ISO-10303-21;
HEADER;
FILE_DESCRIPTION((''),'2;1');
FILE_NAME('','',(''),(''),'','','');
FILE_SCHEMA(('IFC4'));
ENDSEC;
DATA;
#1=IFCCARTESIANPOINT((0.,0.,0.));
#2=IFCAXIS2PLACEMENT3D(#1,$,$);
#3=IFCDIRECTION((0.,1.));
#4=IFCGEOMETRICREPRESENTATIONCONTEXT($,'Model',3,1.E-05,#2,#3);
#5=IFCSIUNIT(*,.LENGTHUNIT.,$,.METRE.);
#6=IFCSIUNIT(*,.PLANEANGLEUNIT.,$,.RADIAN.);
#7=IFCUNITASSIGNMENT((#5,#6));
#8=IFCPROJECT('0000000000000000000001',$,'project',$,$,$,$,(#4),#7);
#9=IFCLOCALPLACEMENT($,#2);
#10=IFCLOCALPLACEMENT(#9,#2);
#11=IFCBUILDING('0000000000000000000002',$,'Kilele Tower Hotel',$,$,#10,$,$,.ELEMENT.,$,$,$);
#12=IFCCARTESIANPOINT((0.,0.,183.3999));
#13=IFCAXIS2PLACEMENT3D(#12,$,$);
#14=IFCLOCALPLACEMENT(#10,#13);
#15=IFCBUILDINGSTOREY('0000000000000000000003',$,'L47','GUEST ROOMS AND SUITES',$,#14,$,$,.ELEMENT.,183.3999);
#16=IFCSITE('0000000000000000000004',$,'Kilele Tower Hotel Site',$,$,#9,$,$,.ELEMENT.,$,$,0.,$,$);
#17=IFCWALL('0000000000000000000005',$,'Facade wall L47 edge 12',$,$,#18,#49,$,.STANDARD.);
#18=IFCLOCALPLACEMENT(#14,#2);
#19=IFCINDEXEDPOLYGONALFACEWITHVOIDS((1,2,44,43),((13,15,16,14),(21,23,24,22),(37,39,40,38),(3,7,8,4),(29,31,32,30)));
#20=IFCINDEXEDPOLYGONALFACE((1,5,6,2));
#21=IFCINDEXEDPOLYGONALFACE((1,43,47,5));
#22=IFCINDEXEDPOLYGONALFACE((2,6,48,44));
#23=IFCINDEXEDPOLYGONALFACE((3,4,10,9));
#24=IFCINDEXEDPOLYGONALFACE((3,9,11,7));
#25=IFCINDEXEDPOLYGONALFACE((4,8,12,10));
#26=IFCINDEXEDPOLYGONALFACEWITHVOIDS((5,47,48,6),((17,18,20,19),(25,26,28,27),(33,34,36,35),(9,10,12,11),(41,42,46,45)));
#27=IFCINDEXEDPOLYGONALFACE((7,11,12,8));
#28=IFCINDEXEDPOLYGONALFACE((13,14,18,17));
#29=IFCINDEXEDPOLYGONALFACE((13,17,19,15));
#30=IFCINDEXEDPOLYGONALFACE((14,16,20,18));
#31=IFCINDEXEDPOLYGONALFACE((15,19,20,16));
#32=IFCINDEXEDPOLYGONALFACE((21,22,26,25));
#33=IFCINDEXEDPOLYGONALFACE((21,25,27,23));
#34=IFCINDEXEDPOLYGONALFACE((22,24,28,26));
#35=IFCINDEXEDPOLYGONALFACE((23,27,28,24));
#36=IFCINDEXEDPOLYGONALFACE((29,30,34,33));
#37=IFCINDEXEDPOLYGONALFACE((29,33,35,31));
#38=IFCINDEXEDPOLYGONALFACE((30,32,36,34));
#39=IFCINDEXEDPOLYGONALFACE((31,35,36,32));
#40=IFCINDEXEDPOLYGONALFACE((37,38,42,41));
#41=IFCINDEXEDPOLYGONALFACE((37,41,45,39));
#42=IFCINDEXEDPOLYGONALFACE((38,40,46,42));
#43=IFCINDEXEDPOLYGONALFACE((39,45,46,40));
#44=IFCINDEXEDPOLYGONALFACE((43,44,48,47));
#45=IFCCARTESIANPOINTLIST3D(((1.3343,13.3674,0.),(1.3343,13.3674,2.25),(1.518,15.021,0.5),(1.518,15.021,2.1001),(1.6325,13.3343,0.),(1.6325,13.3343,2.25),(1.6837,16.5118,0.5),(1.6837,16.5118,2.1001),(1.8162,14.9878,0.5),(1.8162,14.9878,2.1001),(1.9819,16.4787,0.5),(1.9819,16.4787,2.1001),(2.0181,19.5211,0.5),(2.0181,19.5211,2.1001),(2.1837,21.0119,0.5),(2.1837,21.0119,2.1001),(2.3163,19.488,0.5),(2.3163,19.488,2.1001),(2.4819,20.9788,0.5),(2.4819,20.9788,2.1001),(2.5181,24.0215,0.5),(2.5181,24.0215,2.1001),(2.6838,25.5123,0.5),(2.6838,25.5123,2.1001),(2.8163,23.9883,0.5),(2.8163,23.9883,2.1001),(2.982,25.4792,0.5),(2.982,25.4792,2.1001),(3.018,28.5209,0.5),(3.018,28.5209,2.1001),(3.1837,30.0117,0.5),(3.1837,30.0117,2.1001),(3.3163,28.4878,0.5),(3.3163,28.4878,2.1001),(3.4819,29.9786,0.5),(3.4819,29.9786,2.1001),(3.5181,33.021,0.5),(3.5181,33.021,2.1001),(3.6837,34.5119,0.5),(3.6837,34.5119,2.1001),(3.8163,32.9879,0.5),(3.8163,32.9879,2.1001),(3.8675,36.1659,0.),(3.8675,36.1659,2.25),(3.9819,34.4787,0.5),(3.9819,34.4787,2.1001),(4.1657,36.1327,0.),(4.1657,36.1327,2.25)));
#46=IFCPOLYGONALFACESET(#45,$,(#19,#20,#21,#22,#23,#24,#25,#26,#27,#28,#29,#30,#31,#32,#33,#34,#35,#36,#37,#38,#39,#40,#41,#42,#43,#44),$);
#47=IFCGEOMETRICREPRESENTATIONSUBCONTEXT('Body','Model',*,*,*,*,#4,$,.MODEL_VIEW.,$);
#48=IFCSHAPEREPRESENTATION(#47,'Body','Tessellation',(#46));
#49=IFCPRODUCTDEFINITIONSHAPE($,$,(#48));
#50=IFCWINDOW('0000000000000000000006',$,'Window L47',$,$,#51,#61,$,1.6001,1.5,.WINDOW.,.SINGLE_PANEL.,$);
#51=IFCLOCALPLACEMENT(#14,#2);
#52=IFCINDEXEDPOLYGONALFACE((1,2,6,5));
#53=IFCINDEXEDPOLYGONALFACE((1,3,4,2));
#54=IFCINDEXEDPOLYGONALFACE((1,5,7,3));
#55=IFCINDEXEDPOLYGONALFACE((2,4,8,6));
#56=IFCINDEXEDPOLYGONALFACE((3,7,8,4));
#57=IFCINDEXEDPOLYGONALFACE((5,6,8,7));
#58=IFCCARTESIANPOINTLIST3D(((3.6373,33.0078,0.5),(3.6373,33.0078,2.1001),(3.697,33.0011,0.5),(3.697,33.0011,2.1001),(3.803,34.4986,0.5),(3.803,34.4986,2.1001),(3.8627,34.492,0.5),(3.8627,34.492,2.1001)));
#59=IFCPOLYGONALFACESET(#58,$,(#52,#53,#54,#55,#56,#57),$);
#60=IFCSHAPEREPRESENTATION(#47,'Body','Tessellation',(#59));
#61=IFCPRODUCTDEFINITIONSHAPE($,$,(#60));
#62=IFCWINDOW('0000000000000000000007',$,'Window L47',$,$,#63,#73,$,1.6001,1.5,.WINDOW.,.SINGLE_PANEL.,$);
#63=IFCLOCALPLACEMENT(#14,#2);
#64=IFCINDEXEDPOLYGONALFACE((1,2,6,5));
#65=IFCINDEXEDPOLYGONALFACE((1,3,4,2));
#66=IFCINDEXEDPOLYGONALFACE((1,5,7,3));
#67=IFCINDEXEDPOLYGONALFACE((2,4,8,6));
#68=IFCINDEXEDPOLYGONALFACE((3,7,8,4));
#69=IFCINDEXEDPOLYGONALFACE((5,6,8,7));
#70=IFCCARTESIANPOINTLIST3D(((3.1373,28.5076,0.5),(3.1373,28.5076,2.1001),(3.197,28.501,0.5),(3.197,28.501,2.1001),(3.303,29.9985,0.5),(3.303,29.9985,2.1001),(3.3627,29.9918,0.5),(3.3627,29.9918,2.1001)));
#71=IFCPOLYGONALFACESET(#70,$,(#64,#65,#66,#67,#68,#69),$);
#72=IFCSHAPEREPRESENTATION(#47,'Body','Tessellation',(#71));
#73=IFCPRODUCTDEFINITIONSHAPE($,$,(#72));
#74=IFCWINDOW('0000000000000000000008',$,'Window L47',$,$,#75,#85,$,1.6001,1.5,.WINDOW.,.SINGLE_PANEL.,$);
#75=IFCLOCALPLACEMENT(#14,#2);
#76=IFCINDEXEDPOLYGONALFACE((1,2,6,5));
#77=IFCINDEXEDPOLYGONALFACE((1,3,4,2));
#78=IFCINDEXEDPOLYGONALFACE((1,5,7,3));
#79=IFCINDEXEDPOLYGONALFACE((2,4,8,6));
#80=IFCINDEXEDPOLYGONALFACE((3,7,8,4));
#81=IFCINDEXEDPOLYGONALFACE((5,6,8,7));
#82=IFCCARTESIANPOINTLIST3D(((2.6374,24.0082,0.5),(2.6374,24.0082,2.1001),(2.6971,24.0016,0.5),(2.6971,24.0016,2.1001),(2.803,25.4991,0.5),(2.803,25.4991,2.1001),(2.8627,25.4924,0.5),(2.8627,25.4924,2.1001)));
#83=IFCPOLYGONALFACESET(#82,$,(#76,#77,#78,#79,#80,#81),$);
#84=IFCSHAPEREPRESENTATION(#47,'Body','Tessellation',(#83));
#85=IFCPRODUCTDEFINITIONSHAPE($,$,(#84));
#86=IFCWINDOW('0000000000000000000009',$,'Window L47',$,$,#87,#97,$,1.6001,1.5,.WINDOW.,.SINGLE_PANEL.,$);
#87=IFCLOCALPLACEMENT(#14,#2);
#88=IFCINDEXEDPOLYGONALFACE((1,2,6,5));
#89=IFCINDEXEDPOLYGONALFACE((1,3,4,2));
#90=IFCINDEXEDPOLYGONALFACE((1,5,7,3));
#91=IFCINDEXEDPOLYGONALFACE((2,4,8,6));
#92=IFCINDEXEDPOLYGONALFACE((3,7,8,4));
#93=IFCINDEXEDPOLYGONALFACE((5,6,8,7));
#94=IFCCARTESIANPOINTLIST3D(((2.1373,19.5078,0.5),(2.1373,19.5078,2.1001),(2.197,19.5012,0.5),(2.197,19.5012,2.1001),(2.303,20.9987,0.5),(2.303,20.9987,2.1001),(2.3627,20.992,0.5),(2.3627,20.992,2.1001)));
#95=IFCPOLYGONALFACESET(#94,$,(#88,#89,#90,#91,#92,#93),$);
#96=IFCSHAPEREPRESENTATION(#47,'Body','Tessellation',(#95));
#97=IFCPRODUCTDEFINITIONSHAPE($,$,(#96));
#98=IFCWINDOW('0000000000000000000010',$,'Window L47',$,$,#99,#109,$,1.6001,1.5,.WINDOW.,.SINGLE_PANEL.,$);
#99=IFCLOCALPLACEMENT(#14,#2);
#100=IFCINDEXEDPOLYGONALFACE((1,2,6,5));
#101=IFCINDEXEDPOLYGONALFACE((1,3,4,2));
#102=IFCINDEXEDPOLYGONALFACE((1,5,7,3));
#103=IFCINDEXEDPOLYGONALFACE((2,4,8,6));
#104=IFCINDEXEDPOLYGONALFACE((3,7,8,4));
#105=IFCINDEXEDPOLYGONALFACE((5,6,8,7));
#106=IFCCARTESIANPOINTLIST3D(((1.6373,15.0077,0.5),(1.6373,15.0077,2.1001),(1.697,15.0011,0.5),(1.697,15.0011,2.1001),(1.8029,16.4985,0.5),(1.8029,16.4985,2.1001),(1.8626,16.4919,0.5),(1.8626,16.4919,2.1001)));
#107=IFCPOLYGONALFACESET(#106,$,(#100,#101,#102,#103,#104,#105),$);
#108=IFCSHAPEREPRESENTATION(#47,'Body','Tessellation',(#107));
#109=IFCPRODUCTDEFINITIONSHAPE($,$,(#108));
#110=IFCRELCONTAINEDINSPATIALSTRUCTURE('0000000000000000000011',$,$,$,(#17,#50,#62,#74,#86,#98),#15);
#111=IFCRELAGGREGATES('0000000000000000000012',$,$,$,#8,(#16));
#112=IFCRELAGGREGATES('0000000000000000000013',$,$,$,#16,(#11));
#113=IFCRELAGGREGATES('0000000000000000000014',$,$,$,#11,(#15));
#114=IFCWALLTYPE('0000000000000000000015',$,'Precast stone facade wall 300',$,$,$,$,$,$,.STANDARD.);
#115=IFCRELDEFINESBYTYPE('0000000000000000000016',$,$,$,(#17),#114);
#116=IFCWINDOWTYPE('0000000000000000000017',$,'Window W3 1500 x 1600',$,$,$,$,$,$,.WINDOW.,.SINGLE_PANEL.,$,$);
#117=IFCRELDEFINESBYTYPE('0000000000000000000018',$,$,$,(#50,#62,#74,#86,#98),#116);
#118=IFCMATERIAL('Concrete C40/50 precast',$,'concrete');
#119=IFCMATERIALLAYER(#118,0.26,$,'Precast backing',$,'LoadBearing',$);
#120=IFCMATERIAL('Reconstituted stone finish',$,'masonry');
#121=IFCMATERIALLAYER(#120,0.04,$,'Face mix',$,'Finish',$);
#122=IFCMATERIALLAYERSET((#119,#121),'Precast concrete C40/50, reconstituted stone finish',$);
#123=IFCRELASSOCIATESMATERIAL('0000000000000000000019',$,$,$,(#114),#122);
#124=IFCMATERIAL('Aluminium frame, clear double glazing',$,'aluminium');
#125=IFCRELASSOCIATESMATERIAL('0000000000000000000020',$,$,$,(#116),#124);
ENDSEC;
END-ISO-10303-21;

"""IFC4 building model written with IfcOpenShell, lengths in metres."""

from ifc_helpers import new_model, si_unit, direction, frame, frame_2d, origin, place, context, subcontext, project, spatial, rectangle, extrude, material, layer, layer_set, type_object, element, fill, save


model = new_model("IFC4")

# Units and contexts
model_context = context("Model", 3, precision=1e-05, world=origin(), true_north=direction((0.0, 1.0)))
body_context = subcontext(model_context, "Body", "Model", "MODEL_VIEW")
ifc_project = project(units=[si_unit("LENGTHUNIT", "METRE"), si_unit("PLANEANGLEUNIT", "RADIAN")], contexts=[model_context])

# Site, building, storey
site_placement = place(None, origin())
site = spatial("IfcSite", under=ifc_project, at=site_placement, Name="Kilele Tower Hotel Site", CompositionType="ELEMENT", RefElevation=0.0)
building_placement = place(site_placement, origin())
building = spatial("IfcBuilding", under=site, at=building_placement, Name="Kilele Tower Hotel", CompositionType="ELEMENT")
storey_placement = place(building_placement, frame((0.0, 0.0, 183.3999)))
storey = spatial("IfcBuildingStorey", under=building, at=storey_placement, Name="L47", Description="GUEST ROOMS AND SUITES", CompositionType="ELEMENT", Elevation=183.3999)

# Shared definitions
ifc_material_1 = material(Name="Concrete C40/50 precast", Category="concrete")
ifc_layer_1 = layer(ifc_material_1, 0.26, Name="Precast backing", Category="LoadBearing")
ifc_material_2 = material(Name="Reconstituted stone finish", Category="masonry")
ifc_layer_2 = layer(ifc_material_2, 0.04, Name="Face mix", Category="Finish")
ifc_layer_set_1 = layer_set([ifc_layer_1, ifc_layer_2], Name="Precast concrete C40/50, reconstituted stone finish")
wall_type_1 = type_object("IfcWallType", Name="Precast stone facade wall 300", PredefinedType="STANDARD", material=ifc_layer_set_1)

# Wall, openings, windows
wall_1_placement = place(storey_placement, frame((4.0166, 36.1492, 0.0), z_axis=(0.0, 0.0, 1.0), x_axis=(-0.110434, -0.993883, 0.0)))
wall_1 = element("IfcWall", 1, at=wall_1_placement, inside=storey, type_object=wall_type_1, Name="Facade wall L47 edge 12", PredefinedType="STANDARD", context=body_context, shape_type="SweptSolid", body=[
    extrude(rectangle(XDim=22.9387, YDim=0.3, at=frame_2d((11.4692, 0.0))), origin(), (0.0, 0.0, 1.0), 2.25),
])
opening_1_placement = place(wall_1_placement, frame((1.6641, 0.0, 0.5)))
opening_1 = element("IfcOpeningElement", 2, at=opening_1_placement, cuts=wall_1, PredefinedType="OPENING", context=body_context, shape_type="SweptSolid", body=[
    extrude(rectangle(XDim=1.5, YDim=1.6001, at=frame_2d((0.75, 0.8))), frame((0.0, 0.1599, 0.0), z_axis=(0.0, -1.0, 0.0), x_axis=(1.0, 0.0, 0.0)), (0.0, 0.0, 1.0), 0.3201),
])
opening_2_placement = place(wall_1_placement, frame((6.1919, 0.0, 0.5)))
opening_2 = element("IfcOpeningElement", 3, at=opening_2_placement, cuts=wall_1, PredefinedType="OPENING", context=body_context, shape_type="SweptSolid", body=[
    extrude(rectangle(XDim=1.5, YDim=1.6001, at=frame_2d((0.75, 0.8))), frame((0.0, 0.1599, 0.0), z_axis=(0.0, -1.0, 0.0), x_axis=(1.0, 0.0, 0.0)), (0.0, 0.0, 1.0), 0.3201),
])
opening_3_placement = place(wall_1_placement, frame((10.719, 0.0, 0.5)))
opening_3 = element("IfcOpeningElement", 4, at=opening_3_placement, cuts=wall_1, PredefinedType="OPENING", context=body_context, shape_type="SweptSolid", body=[
    extrude(rectangle(XDim=1.5, YDim=1.6001, at=frame_2d((0.75, 0.8))), frame((0.0, 0.1599, 0.0), z_axis=(0.0, -1.0, 0.0), x_axis=(1.0, 0.0, 0.0)), (0.0, 0.0, 1.0), 0.3201),
])
opening_4_placement = place(wall_1_placement, frame((15.2471, 0.0, 0.5)))
opening_4 = element("IfcOpeningElement", 5, at=opening_4_placement, cuts=wall_1, PredefinedType="OPENING", context=body_context, shape_type="SweptSolid", body=[
    extrude(rectangle(XDim=1.5, YDim=1.6001, at=frame_2d((0.75, 0.8))), frame((0.0, 0.1599, 0.0), z_axis=(0.0, -1.0, 0.0), x_axis=(1.0, 0.0, 0.0)), (0.0, 0.0, 1.0), 0.3201),
])
opening_5_placement = place(wall_1_placement, frame((19.7749, 0.0, 0.5)))
opening_5 = element("IfcOpeningElement", 6, at=opening_5_placement, cuts=wall_1, PredefinedType="OPENING", context=body_context, shape_type="SweptSolid", body=[
    extrude(rectangle(XDim=1.5, YDim=1.6001, at=frame_2d((0.75, 0.8))), frame((0.0, 0.1599, 0.0), z_axis=(0.0, -1.0, 0.0), x_axis=(1.0, 0.0, 0.0)), (0.0, 0.0, 1.0), 0.3201),
])
ifc_material_3 = material(Name="Aluminium frame, clear double glazing", Category="aluminium")
window_type_1 = type_object("IfcWindowType", Name="Window W3 1500 x 1600", PartitioningType="SINGLE_PANEL", PredefinedType="WINDOW", material=ifc_material_3)
window_1_placement = place(opening_1_placement, origin())
window_1 = element("IfcWindow", 7, at=window_1_placement, inside=storey, type_object=window_type_1, Name="Window L47", OverallHeight=1.6001, OverallWidth=1.5, PartitioningType="SINGLE_PANEL", PredefinedType="WINDOW", context=body_context, shape_type="SweptSolid", body=[
    extrude(rectangle(XDim=1.5, YDim=1.6001, at=frame_2d((0.75, 0.8))), frame((0.0, 0.03, 0.0), z_axis=(0.0, -1.0, 0.0), x_axis=(1.0, 0.0, 0.0)), (0.0, 0.0, 1.0), 0.0601),
])
fill(opening_1, window_1)
window_2_placement = place(opening_2_placement, origin())
window_2 = element("IfcWindow", 8, at=window_2_placement, inside=storey, type_object=window_type_1, Name="Window L47", OverallHeight=1.6001, OverallWidth=1.5, PartitioningType="SINGLE_PANEL", PredefinedType="WINDOW", context=body_context, shape_type="SweptSolid", body=[
    extrude(rectangle(XDim=1.5, YDim=1.6001, at=frame_2d((0.75, 0.8))), frame((0.0, 0.03, 0.0), z_axis=(0.0, -1.0, 0.0), x_axis=(1.0, 0.0, 0.0)), (0.0, 0.0, 1.0), 0.0601),
])
fill(opening_2, window_2)
window_3_placement = place(opening_3_placement, origin())
window_3 = element("IfcWindow", 9, at=window_3_placement, inside=storey, type_object=window_type_1, Name="Window L47", OverallHeight=1.6001, OverallWidth=1.5, PartitioningType="SINGLE_PANEL", PredefinedType="WINDOW", context=body_context, shape_type="SweptSolid", body=[
    extrude(rectangle(XDim=1.5, YDim=1.6001, at=frame_2d((0.75, 0.8))), frame((0.0, 0.03, 0.0), z_axis=(0.0, -1.0, 0.0), x_axis=(1.0, 0.0, 0.0)), (0.0, 0.0, 1.0), 0.0601),
])
fill(opening_3, window_3)
window_4_placement = place(opening_4_placement, origin())
window_4 = element("IfcWindow", 10, at=window_4_placement, inside=storey, type_object=window_type_1, Name="Window L47", OverallHeight=1.6001, OverallWidth=1.5, PartitioningType="SINGLE_PANEL", PredefinedType="WINDOW", context=body_context, shape_type="SweptSolid", body=[
    extrude(rectangle(XDim=1.5, YDim=1.6001, at=frame_2d((0.75, 0.8))), frame((0.0, 0.03, 0.0), z_axis=(0.0, -1.0, 0.0), x_axis=(1.0, 0.0, 0.0)), (0.0, 0.0, 1.0), 0.0601),
])
fill(opening_4, window_4)
window_5_placement = place(opening_5_placement, origin())
window_5 = element("IfcWindow", 11, at=window_5_placement, inside=storey, type_object=window_type_1, Name="Window L47", OverallHeight=1.6001, OverallWidth=1.5, PartitioningType="SINGLE_PANEL", PredefinedType="WINDOW", context=body_context, shape_type="SweptSolid", body=[
    extrude(rectangle(XDim=1.5, YDim=1.6001, at=frame_2d((0.75, 0.8))), frame((0.0, 0.03, 0.0), z_axis=(0.0, -1.0, 0.0), x_axis=(1.0, 0.0, 0.0)), (0.0, 0.0, 1.0), 0.0601),
])
fill(opening_5, window_5)

save(model, "model.ifc")
